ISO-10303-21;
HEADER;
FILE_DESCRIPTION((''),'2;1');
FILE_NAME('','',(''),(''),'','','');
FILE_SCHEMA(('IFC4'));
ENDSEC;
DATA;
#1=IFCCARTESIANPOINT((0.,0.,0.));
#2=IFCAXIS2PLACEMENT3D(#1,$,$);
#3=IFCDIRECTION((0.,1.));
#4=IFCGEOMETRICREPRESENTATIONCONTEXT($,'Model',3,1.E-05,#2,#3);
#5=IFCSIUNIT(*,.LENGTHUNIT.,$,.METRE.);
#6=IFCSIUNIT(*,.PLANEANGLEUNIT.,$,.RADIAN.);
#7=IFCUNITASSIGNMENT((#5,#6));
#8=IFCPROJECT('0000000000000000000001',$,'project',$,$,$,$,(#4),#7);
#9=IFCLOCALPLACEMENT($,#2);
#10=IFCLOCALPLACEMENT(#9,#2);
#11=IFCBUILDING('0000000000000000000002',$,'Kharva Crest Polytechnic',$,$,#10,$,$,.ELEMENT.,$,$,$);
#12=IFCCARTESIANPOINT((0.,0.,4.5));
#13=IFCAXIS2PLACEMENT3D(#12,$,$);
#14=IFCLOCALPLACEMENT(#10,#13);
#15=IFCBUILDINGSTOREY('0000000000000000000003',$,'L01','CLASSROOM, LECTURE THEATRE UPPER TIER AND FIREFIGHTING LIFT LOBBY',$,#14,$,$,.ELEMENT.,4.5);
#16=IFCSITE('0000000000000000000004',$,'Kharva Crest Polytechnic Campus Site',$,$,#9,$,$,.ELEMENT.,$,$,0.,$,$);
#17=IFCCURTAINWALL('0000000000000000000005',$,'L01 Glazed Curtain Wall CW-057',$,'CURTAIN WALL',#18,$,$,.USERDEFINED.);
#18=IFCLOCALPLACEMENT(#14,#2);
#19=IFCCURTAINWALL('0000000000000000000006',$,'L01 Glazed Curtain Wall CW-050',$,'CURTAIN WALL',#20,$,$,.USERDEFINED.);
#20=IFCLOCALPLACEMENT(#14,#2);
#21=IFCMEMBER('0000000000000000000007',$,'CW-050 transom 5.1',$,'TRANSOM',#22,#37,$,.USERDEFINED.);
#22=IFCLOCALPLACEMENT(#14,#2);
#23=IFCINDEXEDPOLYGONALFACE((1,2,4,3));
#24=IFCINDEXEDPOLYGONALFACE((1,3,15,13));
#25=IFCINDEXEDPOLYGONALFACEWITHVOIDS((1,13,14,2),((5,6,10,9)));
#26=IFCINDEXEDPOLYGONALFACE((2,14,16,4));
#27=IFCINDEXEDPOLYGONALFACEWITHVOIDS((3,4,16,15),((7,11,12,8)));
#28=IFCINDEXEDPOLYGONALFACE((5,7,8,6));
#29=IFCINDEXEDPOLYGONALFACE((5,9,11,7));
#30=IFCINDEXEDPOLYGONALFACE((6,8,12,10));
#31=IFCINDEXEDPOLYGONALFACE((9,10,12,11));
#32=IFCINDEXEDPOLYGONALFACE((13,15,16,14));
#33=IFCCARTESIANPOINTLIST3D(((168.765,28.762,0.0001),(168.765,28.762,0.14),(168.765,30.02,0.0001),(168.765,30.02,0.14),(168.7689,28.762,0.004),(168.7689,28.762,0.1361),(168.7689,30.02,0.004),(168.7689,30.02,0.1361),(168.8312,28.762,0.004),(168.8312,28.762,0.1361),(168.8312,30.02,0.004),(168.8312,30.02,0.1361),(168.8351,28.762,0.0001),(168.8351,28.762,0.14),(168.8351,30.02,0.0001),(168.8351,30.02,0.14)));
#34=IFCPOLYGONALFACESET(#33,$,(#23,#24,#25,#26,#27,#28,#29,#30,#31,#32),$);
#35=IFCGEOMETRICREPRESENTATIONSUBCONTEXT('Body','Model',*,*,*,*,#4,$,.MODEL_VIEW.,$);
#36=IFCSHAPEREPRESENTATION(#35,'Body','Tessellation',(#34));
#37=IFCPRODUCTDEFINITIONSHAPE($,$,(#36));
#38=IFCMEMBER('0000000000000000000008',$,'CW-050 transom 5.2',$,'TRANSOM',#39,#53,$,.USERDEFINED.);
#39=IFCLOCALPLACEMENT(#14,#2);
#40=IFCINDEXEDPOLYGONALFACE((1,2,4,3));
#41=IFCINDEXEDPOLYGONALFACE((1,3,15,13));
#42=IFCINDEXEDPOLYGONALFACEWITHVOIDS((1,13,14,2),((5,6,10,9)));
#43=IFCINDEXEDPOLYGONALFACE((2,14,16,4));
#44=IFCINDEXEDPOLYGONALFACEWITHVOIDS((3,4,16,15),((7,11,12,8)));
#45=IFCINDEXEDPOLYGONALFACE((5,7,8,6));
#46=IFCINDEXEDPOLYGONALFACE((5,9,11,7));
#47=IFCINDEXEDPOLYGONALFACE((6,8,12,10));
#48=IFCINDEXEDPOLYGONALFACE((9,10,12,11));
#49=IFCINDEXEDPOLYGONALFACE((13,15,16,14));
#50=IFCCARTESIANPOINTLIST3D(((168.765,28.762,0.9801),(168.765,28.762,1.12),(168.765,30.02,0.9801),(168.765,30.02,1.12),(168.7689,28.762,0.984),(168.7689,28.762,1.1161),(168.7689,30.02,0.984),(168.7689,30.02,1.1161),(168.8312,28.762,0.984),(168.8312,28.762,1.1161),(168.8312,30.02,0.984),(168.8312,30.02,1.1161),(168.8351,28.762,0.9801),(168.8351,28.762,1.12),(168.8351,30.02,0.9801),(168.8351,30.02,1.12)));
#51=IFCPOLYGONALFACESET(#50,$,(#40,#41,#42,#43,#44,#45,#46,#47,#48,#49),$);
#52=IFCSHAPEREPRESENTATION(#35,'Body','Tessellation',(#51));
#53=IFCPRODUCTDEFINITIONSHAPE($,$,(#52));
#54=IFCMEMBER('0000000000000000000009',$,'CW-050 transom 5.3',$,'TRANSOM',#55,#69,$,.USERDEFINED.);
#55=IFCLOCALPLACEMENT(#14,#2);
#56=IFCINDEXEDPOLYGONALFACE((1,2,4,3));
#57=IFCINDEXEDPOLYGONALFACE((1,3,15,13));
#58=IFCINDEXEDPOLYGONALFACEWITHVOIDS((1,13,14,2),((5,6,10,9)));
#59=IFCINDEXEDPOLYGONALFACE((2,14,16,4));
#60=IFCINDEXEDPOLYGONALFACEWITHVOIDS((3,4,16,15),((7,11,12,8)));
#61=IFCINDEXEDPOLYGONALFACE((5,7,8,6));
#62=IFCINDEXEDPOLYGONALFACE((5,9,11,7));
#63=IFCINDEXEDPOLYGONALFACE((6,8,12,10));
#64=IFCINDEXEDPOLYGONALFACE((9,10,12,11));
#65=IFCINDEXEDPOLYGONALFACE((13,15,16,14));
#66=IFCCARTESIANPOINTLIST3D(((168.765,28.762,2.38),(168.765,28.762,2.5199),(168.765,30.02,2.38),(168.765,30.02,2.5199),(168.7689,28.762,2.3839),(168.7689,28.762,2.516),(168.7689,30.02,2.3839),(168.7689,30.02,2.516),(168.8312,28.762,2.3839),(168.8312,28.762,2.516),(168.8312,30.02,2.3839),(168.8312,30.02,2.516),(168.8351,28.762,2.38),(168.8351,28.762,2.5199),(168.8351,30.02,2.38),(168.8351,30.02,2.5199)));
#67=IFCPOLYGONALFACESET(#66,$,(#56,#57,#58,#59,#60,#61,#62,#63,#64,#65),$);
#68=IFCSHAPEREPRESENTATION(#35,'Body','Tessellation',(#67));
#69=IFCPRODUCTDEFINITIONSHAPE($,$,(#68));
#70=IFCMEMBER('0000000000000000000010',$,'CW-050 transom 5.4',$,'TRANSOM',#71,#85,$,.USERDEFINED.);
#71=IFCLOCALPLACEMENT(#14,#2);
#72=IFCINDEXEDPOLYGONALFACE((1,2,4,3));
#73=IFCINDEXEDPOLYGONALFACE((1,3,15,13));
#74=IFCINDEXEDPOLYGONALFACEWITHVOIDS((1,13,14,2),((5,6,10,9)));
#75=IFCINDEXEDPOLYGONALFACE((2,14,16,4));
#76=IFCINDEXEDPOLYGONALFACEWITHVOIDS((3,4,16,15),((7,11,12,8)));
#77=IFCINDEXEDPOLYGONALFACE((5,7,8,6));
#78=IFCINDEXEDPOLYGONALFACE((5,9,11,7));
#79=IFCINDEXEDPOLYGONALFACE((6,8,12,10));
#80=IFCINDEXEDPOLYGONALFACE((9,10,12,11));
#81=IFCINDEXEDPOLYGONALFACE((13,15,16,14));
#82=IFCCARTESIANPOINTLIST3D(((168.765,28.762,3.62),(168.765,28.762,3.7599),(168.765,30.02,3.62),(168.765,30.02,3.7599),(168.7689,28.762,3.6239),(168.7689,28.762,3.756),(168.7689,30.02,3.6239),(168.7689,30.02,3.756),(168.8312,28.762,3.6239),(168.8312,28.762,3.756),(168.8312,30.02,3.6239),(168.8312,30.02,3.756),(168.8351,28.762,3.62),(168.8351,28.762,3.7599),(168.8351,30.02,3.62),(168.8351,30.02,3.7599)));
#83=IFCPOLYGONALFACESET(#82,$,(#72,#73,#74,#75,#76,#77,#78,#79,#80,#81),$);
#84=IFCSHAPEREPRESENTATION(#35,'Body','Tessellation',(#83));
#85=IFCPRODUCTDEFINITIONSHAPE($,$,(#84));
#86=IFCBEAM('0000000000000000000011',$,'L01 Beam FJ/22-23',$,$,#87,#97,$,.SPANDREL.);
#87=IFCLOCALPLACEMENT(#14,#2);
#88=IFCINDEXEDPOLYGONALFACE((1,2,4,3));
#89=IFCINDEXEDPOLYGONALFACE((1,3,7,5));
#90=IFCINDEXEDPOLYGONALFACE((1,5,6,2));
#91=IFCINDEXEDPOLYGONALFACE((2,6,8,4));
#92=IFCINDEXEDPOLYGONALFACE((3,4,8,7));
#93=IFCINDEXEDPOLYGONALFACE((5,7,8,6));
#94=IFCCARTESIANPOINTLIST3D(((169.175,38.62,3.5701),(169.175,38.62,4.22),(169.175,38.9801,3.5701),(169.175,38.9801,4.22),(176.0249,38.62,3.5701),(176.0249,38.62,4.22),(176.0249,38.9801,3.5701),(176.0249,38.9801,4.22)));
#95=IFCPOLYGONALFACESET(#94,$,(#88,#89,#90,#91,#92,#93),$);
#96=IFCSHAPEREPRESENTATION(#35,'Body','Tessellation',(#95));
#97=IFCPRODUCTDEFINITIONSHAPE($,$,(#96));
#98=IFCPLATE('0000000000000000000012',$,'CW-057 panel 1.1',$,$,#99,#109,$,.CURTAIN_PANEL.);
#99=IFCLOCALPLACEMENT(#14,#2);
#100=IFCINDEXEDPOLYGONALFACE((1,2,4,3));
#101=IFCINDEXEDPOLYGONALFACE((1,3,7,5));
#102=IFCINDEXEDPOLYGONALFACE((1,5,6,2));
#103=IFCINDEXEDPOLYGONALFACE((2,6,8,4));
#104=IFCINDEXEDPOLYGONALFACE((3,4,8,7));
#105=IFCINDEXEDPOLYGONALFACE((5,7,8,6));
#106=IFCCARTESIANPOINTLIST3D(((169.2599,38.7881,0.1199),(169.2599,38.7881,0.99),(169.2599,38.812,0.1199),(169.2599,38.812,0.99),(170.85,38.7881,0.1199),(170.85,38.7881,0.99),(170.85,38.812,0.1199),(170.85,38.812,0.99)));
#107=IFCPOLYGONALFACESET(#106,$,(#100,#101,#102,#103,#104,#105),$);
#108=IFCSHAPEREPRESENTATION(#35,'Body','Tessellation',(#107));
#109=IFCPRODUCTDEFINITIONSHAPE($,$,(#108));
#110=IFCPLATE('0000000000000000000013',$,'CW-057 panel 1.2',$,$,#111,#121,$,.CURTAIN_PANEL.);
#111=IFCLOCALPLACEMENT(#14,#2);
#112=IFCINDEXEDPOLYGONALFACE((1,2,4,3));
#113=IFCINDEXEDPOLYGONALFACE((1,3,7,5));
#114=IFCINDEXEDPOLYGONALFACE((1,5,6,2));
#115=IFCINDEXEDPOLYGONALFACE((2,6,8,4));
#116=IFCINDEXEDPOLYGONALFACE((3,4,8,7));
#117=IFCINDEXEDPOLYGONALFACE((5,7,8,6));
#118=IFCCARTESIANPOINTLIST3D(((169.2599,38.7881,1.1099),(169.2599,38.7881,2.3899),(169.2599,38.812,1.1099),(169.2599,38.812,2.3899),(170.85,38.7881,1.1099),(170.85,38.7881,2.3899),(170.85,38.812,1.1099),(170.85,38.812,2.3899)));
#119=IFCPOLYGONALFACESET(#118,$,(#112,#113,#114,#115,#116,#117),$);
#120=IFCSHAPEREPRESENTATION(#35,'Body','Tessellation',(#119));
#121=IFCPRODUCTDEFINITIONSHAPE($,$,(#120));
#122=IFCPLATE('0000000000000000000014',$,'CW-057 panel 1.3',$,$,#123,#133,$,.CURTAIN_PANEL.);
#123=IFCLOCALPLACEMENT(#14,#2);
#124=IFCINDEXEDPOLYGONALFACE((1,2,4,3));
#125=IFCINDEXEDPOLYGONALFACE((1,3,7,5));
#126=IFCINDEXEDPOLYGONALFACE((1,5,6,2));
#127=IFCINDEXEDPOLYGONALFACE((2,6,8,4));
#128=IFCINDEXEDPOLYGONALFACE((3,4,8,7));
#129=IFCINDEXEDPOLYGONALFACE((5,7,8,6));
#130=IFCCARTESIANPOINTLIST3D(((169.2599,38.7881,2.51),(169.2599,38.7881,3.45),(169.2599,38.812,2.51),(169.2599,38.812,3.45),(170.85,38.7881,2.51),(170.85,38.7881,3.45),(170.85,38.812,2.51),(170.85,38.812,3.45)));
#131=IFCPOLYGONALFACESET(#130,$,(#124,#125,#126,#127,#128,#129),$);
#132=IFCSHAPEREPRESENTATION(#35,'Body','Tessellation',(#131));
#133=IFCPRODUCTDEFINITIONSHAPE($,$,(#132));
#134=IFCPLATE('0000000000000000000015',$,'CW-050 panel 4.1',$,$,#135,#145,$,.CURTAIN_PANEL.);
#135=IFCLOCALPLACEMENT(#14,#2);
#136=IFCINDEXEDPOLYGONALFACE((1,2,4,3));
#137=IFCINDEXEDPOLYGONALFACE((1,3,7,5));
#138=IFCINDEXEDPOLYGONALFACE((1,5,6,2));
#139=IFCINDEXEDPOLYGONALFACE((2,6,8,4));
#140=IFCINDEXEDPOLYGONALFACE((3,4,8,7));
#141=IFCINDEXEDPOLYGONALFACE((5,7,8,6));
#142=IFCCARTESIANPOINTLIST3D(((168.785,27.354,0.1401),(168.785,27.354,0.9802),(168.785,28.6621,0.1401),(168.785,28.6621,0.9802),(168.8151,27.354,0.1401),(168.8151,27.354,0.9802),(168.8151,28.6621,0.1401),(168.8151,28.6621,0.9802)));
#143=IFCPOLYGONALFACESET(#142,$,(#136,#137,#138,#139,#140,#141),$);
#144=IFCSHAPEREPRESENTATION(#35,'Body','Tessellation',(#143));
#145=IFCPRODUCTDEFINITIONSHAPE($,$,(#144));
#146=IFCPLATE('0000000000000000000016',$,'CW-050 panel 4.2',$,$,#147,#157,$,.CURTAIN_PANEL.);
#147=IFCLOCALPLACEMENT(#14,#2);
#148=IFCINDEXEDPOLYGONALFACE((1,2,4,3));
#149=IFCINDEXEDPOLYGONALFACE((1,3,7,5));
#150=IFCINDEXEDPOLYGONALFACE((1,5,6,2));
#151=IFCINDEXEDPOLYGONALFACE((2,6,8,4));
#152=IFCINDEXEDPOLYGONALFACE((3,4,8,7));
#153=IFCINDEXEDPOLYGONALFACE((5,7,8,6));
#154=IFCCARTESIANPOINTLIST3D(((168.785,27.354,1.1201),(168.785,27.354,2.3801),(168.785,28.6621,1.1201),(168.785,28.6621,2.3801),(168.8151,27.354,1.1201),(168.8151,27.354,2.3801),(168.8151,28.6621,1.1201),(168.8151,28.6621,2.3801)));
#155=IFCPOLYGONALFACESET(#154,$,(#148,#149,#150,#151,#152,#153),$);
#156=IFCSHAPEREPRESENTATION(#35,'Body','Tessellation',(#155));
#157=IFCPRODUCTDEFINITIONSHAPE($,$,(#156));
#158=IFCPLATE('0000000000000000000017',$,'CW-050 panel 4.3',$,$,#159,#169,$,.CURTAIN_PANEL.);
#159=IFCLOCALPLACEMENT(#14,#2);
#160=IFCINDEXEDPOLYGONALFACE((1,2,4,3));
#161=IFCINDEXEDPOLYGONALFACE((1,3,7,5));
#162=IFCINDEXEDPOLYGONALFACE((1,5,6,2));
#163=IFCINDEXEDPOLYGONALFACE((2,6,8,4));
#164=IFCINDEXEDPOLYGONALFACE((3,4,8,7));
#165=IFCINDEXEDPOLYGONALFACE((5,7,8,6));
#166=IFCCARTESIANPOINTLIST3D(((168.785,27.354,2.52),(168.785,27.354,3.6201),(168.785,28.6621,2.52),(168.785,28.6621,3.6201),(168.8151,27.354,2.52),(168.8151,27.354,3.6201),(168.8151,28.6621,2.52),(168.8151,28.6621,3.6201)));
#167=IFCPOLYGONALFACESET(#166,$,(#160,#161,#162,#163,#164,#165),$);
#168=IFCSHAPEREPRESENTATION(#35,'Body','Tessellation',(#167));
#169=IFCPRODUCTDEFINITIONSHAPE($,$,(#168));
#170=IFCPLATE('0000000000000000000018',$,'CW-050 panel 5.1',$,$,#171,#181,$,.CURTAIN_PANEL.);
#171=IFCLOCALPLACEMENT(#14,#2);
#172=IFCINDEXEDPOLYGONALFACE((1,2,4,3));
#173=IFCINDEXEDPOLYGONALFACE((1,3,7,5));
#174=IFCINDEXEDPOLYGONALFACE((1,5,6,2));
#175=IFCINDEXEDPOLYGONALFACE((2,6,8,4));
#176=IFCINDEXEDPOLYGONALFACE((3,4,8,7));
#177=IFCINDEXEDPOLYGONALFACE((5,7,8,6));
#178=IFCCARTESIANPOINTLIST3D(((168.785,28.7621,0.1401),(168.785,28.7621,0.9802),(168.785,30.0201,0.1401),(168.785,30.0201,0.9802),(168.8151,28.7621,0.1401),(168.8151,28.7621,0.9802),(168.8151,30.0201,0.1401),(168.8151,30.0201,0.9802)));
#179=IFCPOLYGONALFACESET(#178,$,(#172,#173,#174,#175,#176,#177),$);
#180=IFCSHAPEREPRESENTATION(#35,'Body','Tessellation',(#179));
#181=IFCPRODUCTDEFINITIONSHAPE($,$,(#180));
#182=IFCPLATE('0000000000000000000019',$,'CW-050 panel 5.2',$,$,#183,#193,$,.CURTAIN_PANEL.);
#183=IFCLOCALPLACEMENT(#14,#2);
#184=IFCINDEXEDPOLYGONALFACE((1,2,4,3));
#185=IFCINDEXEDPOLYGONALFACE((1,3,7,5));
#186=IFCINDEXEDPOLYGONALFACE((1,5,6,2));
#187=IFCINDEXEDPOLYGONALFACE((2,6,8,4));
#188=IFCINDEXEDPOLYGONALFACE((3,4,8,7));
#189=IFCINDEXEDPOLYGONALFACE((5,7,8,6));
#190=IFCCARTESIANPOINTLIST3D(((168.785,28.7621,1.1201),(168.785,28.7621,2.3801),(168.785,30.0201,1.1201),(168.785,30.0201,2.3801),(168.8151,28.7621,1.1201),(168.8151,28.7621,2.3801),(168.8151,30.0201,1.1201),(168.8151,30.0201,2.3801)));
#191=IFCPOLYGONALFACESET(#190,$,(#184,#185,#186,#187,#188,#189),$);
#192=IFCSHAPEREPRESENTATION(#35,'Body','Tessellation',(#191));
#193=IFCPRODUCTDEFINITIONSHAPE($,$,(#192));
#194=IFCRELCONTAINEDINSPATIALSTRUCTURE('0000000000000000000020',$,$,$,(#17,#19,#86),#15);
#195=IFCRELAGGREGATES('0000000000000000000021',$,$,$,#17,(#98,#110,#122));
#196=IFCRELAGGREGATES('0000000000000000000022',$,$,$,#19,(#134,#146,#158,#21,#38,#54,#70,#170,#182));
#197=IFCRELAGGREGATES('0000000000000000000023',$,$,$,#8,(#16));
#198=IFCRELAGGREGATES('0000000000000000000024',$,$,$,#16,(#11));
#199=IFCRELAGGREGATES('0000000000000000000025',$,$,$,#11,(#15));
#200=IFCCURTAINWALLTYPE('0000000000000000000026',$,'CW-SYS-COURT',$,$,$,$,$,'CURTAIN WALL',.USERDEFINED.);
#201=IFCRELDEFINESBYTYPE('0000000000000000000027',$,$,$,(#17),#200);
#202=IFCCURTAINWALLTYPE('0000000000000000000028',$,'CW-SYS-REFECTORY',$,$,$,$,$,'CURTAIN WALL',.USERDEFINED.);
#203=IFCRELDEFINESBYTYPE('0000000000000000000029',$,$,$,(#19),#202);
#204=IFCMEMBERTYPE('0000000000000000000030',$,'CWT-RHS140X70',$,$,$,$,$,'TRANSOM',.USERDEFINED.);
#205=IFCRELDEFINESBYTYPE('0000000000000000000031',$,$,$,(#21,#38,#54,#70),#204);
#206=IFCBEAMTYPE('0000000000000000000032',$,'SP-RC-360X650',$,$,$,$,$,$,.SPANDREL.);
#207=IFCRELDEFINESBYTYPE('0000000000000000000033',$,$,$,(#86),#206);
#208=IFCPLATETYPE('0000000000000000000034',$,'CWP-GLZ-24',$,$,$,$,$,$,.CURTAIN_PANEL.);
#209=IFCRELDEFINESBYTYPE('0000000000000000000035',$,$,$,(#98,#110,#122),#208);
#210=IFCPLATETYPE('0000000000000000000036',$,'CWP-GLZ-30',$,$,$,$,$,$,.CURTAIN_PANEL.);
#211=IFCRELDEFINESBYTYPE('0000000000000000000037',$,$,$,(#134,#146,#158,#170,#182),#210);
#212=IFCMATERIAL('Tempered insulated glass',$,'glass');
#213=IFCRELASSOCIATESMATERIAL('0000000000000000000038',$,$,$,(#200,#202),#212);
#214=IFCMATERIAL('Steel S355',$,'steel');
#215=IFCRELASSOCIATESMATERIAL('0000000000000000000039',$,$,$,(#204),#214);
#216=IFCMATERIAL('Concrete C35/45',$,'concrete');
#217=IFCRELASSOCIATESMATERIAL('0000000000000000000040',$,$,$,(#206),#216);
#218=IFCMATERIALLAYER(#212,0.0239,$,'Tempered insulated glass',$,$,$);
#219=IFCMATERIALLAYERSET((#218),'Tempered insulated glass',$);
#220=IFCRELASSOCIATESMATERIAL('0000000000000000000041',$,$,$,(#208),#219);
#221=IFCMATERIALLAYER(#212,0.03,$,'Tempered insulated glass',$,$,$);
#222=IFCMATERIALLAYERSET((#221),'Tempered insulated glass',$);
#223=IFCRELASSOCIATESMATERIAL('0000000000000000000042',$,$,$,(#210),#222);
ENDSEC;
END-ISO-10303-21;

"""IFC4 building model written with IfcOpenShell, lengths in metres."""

from ifc_helpers import new_model, si_unit, direction, frame, origin, origin_2d, place, context, subcontext, project, spatial, rectangle, hollow_rectangle, extrude, material, layer, layer_set, material_profile, profile_set, type_object, element, aggregate, save


model = new_model("IFC4")

# Units and contexts
model_context = context("Model", 3, precision=1e-05, world=origin(), true_north=direction((0.0, 1.0)))
body_context = subcontext(model_context, "Body", "Model", "MODEL_VIEW")
ifc_project = project(units=[si_unit("LENGTHUNIT", "METRE"), si_unit("PLANEANGLEUNIT", "RADIAN")], contexts=[model_context])

# Site, building, storey
site_placement = place(None, origin())
site = spatial("IfcSite", under=ifc_project, at=site_placement, Name="Kharva Crest Polytechnic Campus Site", CompositionType="ELEMENT", RefElevation=0.0)
building_placement = place(site_placement, origin())
building = spatial("IfcBuilding", under=site, at=building_placement, Name="Kharva Crest Polytechnic", CompositionType="ELEMENT")
storey_placement = place(building_placement, frame((0.0, 0.0, 4.5)))
storey = spatial("IfcBuildingStorey", under=building, at=storey_placement, Name="L01", Description="CLASSROOM, LECTURE THEATRE UPPER TIER AND FIREFIGHTING LIFT LOBBY", CompositionType="ELEMENT", Elevation=4.5)

# Curtain wall
ifc_material_1 = material(Name="Tempered insulated glass", Category="glass")
curtain_wall_type_1 = type_object("IfcCurtainWallType", Name="CW-SYS-COURT", ElementType="CURTAIN WALL", PredefinedType="USERDEFINED", material=ifc_material_1)
curtain_wall_1_placement = place(storey_placement, origin())
curtain_wall_1 = element("IfcCurtainWall", 1, at=curtain_wall_1_placement, inside=storey, type_object=curtain_wall_type_1, Name="L01 Glazed Curtain Wall CW-057", ObjectType="CURTAIN WALL", PredefinedType="USERDEFINED")
ifc_material_2 = material(Name="Steel S355", Category="steel")

# Curtain wall
curtain_wall_type_2 = type_object("IfcCurtainWallType", Name="CW-SYS-REFECTORY", ElementType="CURTAIN WALL", PredefinedType="USERDEFINED", material=ifc_material_1)
curtain_wall_2_placement = place(storey_placement, origin())
curtain_wall_2 = element("IfcCurtainWall", 2, at=curtain_wall_2_placement, inside=storey, type_object=curtain_wall_type_2, Name="L01 Glazed Curtain Wall CW-050", ObjectType="CURTAIN WALL", PredefinedType="USERDEFINED")

# Members
ifc_material_profile_1 = material_profile(ifc_material_2, hollow_rectangle(XDim=0.0701, YDim=0.1399, WallThickness=0.0039, at=origin_2d()), Name="RHS 140X70X4.0")
ifc_profile_set_1 = profile_set([ifc_material_profile_1], Name="Steel S355")
member_type_1 = type_object("IfcMemberType", Name="CWT-RHS140X70", ElementType="TRANSOM", PredefinedType="USERDEFINED", material=ifc_profile_set_1)
member_1_placement = place(storey_placement, frame((168.8, 28.762, 0.0701), z_axis=(0.0, 1.0, 0.0), x_axis=(-1.0, 0.0, 0.0)))
member_1 = element("IfcMember", 3, at=member_1_placement, type_object=member_type_1, Name="CW-050 transom 5.1", ObjectType="TRANSOM", PredefinedType="USERDEFINED", context=body_context, shape_type="SweptSolid", body=[
    extrude(hollow_rectangle(XDim=0.0701, YDim=0.1399, WallThickness=0.0039, at=origin_2d()), origin(), (0.0, 0.0, 1.0), 1.2581),
])
member_2_placement = place(storey_placement, frame((168.8, 28.762, 1.05), z_axis=(0.0, 1.0, 0.0), x_axis=(-1.0, 0.0, 0.0)))
member_2 = element("IfcMember", 4, at=member_2_placement, type_object=member_type_1, Name="CW-050 transom 5.2", ObjectType="TRANSOM", PredefinedType="USERDEFINED", context=body_context, shape_type="SweptSolid", body=[
    extrude(hollow_rectangle(XDim=0.0701, YDim=0.1399, WallThickness=0.0039, at=origin_2d()), origin(), (0.0, 0.0, 1.0), 1.2581),
])
member_3_placement = place(storey_placement, frame((168.8, 28.762, 2.45), z_axis=(0.0, 1.0, 0.0), x_axis=(-1.0, 0.0, 0.0)))
member_3 = element("IfcMember", 5, at=member_3_placement, type_object=member_type_1, Name="CW-050 transom 5.3", ObjectType="TRANSOM", PredefinedType="USERDEFINED", context=body_context, shape_type="SweptSolid", body=[
    extrude(hollow_rectangle(XDim=0.0701, YDim=0.1399, WallThickness=0.0039, at=origin_2d()), origin(), (0.0, 0.0, 1.0), 1.2581),
])
member_4_placement = place(storey_placement, frame((168.8, 28.762, 3.6899), z_axis=(0.0, 1.0, 0.0), x_axis=(-1.0, 0.0, 0.0)))
member_4 = element("IfcMember", 6, at=member_4_placement, type_object=member_type_1, Name="CW-050 transom 5.4", ObjectType="TRANSOM", PredefinedType="USERDEFINED", context=body_context, shape_type="SweptSolid", body=[
    extrude(hollow_rectangle(XDim=0.0701, YDim=0.1399, WallThickness=0.0039, at=origin_2d()), origin(), (0.0, 0.0, 1.0), 1.2581),
])

# Beam
ifc_material_3 = material(Name="Concrete C35/45", Category="concrete")
ifc_material_profile_2 = material_profile(ifc_material_3, rectangle(XDim=0.3601, YDim=0.6499, at=origin_2d()), Name="RECT 360 X 650")
ifc_profile_set_2 = profile_set([ifc_material_profile_2], Name="Concrete C35/45")
beam_type = type_object("IfcBeamType", Name="SP-RC-360X650", PredefinedType="SPANDREL", material=ifc_profile_set_2)
beam_placement = place(storey_placement, frame((169.175, 38.8, 3.895), z_axis=(1.0, 0.0, 0.0), x_axis=(0.0, 1.0, 0.0)))
element("IfcBeam", 7, at=beam_placement, inside=storey, type_object=beam_type, Name="L01 Beam FJ/22-23", PredefinedType="SPANDREL", context=body_context, shape_type="SweptSolid", body=[
    extrude(rectangle(XDim=0.3601, YDim=0.6499, at=origin_2d()), origin(), (0.0, 0.0, 1.0), 6.8499),
])

# Plates
ifc_layer_1 = layer(ifc_material_1, 0.0239, Name="Tempered insulated glass")
ifc_layer_set_1 = layer_set([ifc_layer_1], Name="Tempered insulated glass")
plate_type_1 = type_object("IfcPlateType", Name="CWP-GLZ-24", PredefinedType="CURTAIN_PANEL", material=ifc_layer_set_1)
plate_1_placement = place(storey_placement, frame((170.0549, 38.8, 0.1199), z_axis=(0.0, 0.0, 1.0), x_axis=(1.0, 0.0, 0.0)))
plate_1 = element("IfcPlate", 8, at=plate_1_placement, type_object=plate_type_1, Name="CW-057 panel 1.1", PredefinedType="CURTAIN_PANEL", context=body_context, shape_type="SweptSolid", body=[
    extrude(rectangle(XDim=1.5901, YDim=0.0239, at=origin_2d()), origin(), (0.0, 0.0, 1.0), 0.8701),
])
plate_2_placement = place(storey_placement, frame((170.0549, 38.8, 1.1099), z_axis=(0.0, 0.0, 1.0), x_axis=(1.0, 0.0, 0.0)))
plate_2 = element("IfcPlate", 9, at=plate_2_placement, type_object=plate_type_1, Name="CW-057 panel 1.2", PredefinedType="CURTAIN_PANEL", context=body_context, shape_type="SweptSolid", body=[
    extrude(rectangle(XDim=1.5901, YDim=0.0239, at=origin_2d()), origin(), (0.0, 0.0, 1.0), 1.28),
])
plate_3_placement = place(storey_placement, frame((170.0549, 38.8, 2.51), z_axis=(0.0, 0.0, 1.0), x_axis=(1.0, 0.0, 0.0)))
plate_3 = element("IfcPlate", 10, at=plate_3_placement, type_object=plate_type_1, Name="CW-057 panel 1.3", PredefinedType="CURTAIN_PANEL", context=body_context, shape_type="SweptSolid", body=[
    extrude(rectangle(XDim=1.5901, YDim=0.0239, at=origin_2d()), origin(), (0.0, 0.0, 1.0), 0.9399),
])
aggregate(curtain_wall_1, [plate_1, plate_2, plate_3])
ifc_layer_2 = layer(ifc_material_1, 0.03, Name="Tempered insulated glass")
ifc_layer_set_2 = layer_set([ifc_layer_2], Name="Tempered insulated glass")
plate_type_2 = type_object("IfcPlateType", Name="CWP-GLZ-30", PredefinedType="CURTAIN_PANEL", material=ifc_layer_set_2)
plate_4_placement = place(storey_placement, frame((168.8, 28.0081, 0.1401), z_axis=(0.0, 0.0, 1.0), x_axis=(0.0, 1.0, 0.0)))
plate_4 = element("IfcPlate", 11, at=plate_4_placement, type_object=plate_type_2, Name="CW-050 panel 4.1", PredefinedType="CURTAIN_PANEL", context=body_context, shape_type="SweptSolid", body=[
    extrude(rectangle(XDim=1.3081, YDim=0.03, at=origin_2d()), origin(), (0.0, 0.0, 1.0), 0.8401),
])
plate_5_placement = place(storey_placement, frame((168.8, 28.0081, 1.1201), z_axis=(0.0, 0.0, 1.0), x_axis=(0.0, 1.0, 0.0)))
plate_5 = element("IfcPlate", 12, at=plate_5_placement, type_object=plate_type_2, Name="CW-050 panel 4.2", PredefinedType="CURTAIN_PANEL", context=body_context, shape_type="SweptSolid", body=[
    extrude(rectangle(XDim=1.3081, YDim=0.03, at=origin_2d()), origin(), (0.0, 0.0, 1.0), 1.26),
])
plate_6_placement = place(storey_placement, frame((168.8, 28.0081, 2.52), z_axis=(0.0, 0.0, 1.0), x_axis=(0.0, 1.0, 0.0)))
plate_6 = element("IfcPlate", 13, at=plate_6_placement, type_object=plate_type_2, Name="CW-050 panel 4.3", PredefinedType="CURTAIN_PANEL", context=body_context, shape_type="SweptSolid", body=[
    extrude(rectangle(XDim=1.3081, YDim=0.03, at=origin_2d()), origin(), (0.0, 0.0, 1.0), 1.1001),
])
plate_7_placement = place(storey_placement, frame((168.8, 29.3911, 0.1401), z_axis=(0.0, 0.0, 1.0), x_axis=(0.0, 1.0, 0.0)))
plate_7 = element("IfcPlate", 14, at=plate_7_placement, type_object=plate_type_2, Name="CW-050 panel 5.1", PredefinedType="CURTAIN_PANEL", context=body_context, shape_type="SweptSolid", body=[
    extrude(rectangle(XDim=1.2581, YDim=0.03, at=origin_2d()), origin(), (0.0, 0.0, 1.0), 0.8401),
])
plate_8_placement = place(storey_placement, frame((168.8, 29.3911, 1.1201), z_axis=(0.0, 0.0, 1.0), x_axis=(0.0, 1.0, 0.0)))
plate_8 = element("IfcPlate", 15, at=plate_8_placement, type_object=plate_type_2, Name="CW-050 panel 5.2", PredefinedType="CURTAIN_PANEL", context=body_context, shape_type="SweptSolid", body=[
    extrude(rectangle(XDim=1.2581, YDim=0.03, at=origin_2d()), origin(), (0.0, 0.0, 1.0), 1.26),
])
aggregate(curtain_wall_2, [plate_4, plate_5, plate_6, member_1, member_2, member_3, member_4, plate_7, plate_8])

save(model, "model.ifc")
